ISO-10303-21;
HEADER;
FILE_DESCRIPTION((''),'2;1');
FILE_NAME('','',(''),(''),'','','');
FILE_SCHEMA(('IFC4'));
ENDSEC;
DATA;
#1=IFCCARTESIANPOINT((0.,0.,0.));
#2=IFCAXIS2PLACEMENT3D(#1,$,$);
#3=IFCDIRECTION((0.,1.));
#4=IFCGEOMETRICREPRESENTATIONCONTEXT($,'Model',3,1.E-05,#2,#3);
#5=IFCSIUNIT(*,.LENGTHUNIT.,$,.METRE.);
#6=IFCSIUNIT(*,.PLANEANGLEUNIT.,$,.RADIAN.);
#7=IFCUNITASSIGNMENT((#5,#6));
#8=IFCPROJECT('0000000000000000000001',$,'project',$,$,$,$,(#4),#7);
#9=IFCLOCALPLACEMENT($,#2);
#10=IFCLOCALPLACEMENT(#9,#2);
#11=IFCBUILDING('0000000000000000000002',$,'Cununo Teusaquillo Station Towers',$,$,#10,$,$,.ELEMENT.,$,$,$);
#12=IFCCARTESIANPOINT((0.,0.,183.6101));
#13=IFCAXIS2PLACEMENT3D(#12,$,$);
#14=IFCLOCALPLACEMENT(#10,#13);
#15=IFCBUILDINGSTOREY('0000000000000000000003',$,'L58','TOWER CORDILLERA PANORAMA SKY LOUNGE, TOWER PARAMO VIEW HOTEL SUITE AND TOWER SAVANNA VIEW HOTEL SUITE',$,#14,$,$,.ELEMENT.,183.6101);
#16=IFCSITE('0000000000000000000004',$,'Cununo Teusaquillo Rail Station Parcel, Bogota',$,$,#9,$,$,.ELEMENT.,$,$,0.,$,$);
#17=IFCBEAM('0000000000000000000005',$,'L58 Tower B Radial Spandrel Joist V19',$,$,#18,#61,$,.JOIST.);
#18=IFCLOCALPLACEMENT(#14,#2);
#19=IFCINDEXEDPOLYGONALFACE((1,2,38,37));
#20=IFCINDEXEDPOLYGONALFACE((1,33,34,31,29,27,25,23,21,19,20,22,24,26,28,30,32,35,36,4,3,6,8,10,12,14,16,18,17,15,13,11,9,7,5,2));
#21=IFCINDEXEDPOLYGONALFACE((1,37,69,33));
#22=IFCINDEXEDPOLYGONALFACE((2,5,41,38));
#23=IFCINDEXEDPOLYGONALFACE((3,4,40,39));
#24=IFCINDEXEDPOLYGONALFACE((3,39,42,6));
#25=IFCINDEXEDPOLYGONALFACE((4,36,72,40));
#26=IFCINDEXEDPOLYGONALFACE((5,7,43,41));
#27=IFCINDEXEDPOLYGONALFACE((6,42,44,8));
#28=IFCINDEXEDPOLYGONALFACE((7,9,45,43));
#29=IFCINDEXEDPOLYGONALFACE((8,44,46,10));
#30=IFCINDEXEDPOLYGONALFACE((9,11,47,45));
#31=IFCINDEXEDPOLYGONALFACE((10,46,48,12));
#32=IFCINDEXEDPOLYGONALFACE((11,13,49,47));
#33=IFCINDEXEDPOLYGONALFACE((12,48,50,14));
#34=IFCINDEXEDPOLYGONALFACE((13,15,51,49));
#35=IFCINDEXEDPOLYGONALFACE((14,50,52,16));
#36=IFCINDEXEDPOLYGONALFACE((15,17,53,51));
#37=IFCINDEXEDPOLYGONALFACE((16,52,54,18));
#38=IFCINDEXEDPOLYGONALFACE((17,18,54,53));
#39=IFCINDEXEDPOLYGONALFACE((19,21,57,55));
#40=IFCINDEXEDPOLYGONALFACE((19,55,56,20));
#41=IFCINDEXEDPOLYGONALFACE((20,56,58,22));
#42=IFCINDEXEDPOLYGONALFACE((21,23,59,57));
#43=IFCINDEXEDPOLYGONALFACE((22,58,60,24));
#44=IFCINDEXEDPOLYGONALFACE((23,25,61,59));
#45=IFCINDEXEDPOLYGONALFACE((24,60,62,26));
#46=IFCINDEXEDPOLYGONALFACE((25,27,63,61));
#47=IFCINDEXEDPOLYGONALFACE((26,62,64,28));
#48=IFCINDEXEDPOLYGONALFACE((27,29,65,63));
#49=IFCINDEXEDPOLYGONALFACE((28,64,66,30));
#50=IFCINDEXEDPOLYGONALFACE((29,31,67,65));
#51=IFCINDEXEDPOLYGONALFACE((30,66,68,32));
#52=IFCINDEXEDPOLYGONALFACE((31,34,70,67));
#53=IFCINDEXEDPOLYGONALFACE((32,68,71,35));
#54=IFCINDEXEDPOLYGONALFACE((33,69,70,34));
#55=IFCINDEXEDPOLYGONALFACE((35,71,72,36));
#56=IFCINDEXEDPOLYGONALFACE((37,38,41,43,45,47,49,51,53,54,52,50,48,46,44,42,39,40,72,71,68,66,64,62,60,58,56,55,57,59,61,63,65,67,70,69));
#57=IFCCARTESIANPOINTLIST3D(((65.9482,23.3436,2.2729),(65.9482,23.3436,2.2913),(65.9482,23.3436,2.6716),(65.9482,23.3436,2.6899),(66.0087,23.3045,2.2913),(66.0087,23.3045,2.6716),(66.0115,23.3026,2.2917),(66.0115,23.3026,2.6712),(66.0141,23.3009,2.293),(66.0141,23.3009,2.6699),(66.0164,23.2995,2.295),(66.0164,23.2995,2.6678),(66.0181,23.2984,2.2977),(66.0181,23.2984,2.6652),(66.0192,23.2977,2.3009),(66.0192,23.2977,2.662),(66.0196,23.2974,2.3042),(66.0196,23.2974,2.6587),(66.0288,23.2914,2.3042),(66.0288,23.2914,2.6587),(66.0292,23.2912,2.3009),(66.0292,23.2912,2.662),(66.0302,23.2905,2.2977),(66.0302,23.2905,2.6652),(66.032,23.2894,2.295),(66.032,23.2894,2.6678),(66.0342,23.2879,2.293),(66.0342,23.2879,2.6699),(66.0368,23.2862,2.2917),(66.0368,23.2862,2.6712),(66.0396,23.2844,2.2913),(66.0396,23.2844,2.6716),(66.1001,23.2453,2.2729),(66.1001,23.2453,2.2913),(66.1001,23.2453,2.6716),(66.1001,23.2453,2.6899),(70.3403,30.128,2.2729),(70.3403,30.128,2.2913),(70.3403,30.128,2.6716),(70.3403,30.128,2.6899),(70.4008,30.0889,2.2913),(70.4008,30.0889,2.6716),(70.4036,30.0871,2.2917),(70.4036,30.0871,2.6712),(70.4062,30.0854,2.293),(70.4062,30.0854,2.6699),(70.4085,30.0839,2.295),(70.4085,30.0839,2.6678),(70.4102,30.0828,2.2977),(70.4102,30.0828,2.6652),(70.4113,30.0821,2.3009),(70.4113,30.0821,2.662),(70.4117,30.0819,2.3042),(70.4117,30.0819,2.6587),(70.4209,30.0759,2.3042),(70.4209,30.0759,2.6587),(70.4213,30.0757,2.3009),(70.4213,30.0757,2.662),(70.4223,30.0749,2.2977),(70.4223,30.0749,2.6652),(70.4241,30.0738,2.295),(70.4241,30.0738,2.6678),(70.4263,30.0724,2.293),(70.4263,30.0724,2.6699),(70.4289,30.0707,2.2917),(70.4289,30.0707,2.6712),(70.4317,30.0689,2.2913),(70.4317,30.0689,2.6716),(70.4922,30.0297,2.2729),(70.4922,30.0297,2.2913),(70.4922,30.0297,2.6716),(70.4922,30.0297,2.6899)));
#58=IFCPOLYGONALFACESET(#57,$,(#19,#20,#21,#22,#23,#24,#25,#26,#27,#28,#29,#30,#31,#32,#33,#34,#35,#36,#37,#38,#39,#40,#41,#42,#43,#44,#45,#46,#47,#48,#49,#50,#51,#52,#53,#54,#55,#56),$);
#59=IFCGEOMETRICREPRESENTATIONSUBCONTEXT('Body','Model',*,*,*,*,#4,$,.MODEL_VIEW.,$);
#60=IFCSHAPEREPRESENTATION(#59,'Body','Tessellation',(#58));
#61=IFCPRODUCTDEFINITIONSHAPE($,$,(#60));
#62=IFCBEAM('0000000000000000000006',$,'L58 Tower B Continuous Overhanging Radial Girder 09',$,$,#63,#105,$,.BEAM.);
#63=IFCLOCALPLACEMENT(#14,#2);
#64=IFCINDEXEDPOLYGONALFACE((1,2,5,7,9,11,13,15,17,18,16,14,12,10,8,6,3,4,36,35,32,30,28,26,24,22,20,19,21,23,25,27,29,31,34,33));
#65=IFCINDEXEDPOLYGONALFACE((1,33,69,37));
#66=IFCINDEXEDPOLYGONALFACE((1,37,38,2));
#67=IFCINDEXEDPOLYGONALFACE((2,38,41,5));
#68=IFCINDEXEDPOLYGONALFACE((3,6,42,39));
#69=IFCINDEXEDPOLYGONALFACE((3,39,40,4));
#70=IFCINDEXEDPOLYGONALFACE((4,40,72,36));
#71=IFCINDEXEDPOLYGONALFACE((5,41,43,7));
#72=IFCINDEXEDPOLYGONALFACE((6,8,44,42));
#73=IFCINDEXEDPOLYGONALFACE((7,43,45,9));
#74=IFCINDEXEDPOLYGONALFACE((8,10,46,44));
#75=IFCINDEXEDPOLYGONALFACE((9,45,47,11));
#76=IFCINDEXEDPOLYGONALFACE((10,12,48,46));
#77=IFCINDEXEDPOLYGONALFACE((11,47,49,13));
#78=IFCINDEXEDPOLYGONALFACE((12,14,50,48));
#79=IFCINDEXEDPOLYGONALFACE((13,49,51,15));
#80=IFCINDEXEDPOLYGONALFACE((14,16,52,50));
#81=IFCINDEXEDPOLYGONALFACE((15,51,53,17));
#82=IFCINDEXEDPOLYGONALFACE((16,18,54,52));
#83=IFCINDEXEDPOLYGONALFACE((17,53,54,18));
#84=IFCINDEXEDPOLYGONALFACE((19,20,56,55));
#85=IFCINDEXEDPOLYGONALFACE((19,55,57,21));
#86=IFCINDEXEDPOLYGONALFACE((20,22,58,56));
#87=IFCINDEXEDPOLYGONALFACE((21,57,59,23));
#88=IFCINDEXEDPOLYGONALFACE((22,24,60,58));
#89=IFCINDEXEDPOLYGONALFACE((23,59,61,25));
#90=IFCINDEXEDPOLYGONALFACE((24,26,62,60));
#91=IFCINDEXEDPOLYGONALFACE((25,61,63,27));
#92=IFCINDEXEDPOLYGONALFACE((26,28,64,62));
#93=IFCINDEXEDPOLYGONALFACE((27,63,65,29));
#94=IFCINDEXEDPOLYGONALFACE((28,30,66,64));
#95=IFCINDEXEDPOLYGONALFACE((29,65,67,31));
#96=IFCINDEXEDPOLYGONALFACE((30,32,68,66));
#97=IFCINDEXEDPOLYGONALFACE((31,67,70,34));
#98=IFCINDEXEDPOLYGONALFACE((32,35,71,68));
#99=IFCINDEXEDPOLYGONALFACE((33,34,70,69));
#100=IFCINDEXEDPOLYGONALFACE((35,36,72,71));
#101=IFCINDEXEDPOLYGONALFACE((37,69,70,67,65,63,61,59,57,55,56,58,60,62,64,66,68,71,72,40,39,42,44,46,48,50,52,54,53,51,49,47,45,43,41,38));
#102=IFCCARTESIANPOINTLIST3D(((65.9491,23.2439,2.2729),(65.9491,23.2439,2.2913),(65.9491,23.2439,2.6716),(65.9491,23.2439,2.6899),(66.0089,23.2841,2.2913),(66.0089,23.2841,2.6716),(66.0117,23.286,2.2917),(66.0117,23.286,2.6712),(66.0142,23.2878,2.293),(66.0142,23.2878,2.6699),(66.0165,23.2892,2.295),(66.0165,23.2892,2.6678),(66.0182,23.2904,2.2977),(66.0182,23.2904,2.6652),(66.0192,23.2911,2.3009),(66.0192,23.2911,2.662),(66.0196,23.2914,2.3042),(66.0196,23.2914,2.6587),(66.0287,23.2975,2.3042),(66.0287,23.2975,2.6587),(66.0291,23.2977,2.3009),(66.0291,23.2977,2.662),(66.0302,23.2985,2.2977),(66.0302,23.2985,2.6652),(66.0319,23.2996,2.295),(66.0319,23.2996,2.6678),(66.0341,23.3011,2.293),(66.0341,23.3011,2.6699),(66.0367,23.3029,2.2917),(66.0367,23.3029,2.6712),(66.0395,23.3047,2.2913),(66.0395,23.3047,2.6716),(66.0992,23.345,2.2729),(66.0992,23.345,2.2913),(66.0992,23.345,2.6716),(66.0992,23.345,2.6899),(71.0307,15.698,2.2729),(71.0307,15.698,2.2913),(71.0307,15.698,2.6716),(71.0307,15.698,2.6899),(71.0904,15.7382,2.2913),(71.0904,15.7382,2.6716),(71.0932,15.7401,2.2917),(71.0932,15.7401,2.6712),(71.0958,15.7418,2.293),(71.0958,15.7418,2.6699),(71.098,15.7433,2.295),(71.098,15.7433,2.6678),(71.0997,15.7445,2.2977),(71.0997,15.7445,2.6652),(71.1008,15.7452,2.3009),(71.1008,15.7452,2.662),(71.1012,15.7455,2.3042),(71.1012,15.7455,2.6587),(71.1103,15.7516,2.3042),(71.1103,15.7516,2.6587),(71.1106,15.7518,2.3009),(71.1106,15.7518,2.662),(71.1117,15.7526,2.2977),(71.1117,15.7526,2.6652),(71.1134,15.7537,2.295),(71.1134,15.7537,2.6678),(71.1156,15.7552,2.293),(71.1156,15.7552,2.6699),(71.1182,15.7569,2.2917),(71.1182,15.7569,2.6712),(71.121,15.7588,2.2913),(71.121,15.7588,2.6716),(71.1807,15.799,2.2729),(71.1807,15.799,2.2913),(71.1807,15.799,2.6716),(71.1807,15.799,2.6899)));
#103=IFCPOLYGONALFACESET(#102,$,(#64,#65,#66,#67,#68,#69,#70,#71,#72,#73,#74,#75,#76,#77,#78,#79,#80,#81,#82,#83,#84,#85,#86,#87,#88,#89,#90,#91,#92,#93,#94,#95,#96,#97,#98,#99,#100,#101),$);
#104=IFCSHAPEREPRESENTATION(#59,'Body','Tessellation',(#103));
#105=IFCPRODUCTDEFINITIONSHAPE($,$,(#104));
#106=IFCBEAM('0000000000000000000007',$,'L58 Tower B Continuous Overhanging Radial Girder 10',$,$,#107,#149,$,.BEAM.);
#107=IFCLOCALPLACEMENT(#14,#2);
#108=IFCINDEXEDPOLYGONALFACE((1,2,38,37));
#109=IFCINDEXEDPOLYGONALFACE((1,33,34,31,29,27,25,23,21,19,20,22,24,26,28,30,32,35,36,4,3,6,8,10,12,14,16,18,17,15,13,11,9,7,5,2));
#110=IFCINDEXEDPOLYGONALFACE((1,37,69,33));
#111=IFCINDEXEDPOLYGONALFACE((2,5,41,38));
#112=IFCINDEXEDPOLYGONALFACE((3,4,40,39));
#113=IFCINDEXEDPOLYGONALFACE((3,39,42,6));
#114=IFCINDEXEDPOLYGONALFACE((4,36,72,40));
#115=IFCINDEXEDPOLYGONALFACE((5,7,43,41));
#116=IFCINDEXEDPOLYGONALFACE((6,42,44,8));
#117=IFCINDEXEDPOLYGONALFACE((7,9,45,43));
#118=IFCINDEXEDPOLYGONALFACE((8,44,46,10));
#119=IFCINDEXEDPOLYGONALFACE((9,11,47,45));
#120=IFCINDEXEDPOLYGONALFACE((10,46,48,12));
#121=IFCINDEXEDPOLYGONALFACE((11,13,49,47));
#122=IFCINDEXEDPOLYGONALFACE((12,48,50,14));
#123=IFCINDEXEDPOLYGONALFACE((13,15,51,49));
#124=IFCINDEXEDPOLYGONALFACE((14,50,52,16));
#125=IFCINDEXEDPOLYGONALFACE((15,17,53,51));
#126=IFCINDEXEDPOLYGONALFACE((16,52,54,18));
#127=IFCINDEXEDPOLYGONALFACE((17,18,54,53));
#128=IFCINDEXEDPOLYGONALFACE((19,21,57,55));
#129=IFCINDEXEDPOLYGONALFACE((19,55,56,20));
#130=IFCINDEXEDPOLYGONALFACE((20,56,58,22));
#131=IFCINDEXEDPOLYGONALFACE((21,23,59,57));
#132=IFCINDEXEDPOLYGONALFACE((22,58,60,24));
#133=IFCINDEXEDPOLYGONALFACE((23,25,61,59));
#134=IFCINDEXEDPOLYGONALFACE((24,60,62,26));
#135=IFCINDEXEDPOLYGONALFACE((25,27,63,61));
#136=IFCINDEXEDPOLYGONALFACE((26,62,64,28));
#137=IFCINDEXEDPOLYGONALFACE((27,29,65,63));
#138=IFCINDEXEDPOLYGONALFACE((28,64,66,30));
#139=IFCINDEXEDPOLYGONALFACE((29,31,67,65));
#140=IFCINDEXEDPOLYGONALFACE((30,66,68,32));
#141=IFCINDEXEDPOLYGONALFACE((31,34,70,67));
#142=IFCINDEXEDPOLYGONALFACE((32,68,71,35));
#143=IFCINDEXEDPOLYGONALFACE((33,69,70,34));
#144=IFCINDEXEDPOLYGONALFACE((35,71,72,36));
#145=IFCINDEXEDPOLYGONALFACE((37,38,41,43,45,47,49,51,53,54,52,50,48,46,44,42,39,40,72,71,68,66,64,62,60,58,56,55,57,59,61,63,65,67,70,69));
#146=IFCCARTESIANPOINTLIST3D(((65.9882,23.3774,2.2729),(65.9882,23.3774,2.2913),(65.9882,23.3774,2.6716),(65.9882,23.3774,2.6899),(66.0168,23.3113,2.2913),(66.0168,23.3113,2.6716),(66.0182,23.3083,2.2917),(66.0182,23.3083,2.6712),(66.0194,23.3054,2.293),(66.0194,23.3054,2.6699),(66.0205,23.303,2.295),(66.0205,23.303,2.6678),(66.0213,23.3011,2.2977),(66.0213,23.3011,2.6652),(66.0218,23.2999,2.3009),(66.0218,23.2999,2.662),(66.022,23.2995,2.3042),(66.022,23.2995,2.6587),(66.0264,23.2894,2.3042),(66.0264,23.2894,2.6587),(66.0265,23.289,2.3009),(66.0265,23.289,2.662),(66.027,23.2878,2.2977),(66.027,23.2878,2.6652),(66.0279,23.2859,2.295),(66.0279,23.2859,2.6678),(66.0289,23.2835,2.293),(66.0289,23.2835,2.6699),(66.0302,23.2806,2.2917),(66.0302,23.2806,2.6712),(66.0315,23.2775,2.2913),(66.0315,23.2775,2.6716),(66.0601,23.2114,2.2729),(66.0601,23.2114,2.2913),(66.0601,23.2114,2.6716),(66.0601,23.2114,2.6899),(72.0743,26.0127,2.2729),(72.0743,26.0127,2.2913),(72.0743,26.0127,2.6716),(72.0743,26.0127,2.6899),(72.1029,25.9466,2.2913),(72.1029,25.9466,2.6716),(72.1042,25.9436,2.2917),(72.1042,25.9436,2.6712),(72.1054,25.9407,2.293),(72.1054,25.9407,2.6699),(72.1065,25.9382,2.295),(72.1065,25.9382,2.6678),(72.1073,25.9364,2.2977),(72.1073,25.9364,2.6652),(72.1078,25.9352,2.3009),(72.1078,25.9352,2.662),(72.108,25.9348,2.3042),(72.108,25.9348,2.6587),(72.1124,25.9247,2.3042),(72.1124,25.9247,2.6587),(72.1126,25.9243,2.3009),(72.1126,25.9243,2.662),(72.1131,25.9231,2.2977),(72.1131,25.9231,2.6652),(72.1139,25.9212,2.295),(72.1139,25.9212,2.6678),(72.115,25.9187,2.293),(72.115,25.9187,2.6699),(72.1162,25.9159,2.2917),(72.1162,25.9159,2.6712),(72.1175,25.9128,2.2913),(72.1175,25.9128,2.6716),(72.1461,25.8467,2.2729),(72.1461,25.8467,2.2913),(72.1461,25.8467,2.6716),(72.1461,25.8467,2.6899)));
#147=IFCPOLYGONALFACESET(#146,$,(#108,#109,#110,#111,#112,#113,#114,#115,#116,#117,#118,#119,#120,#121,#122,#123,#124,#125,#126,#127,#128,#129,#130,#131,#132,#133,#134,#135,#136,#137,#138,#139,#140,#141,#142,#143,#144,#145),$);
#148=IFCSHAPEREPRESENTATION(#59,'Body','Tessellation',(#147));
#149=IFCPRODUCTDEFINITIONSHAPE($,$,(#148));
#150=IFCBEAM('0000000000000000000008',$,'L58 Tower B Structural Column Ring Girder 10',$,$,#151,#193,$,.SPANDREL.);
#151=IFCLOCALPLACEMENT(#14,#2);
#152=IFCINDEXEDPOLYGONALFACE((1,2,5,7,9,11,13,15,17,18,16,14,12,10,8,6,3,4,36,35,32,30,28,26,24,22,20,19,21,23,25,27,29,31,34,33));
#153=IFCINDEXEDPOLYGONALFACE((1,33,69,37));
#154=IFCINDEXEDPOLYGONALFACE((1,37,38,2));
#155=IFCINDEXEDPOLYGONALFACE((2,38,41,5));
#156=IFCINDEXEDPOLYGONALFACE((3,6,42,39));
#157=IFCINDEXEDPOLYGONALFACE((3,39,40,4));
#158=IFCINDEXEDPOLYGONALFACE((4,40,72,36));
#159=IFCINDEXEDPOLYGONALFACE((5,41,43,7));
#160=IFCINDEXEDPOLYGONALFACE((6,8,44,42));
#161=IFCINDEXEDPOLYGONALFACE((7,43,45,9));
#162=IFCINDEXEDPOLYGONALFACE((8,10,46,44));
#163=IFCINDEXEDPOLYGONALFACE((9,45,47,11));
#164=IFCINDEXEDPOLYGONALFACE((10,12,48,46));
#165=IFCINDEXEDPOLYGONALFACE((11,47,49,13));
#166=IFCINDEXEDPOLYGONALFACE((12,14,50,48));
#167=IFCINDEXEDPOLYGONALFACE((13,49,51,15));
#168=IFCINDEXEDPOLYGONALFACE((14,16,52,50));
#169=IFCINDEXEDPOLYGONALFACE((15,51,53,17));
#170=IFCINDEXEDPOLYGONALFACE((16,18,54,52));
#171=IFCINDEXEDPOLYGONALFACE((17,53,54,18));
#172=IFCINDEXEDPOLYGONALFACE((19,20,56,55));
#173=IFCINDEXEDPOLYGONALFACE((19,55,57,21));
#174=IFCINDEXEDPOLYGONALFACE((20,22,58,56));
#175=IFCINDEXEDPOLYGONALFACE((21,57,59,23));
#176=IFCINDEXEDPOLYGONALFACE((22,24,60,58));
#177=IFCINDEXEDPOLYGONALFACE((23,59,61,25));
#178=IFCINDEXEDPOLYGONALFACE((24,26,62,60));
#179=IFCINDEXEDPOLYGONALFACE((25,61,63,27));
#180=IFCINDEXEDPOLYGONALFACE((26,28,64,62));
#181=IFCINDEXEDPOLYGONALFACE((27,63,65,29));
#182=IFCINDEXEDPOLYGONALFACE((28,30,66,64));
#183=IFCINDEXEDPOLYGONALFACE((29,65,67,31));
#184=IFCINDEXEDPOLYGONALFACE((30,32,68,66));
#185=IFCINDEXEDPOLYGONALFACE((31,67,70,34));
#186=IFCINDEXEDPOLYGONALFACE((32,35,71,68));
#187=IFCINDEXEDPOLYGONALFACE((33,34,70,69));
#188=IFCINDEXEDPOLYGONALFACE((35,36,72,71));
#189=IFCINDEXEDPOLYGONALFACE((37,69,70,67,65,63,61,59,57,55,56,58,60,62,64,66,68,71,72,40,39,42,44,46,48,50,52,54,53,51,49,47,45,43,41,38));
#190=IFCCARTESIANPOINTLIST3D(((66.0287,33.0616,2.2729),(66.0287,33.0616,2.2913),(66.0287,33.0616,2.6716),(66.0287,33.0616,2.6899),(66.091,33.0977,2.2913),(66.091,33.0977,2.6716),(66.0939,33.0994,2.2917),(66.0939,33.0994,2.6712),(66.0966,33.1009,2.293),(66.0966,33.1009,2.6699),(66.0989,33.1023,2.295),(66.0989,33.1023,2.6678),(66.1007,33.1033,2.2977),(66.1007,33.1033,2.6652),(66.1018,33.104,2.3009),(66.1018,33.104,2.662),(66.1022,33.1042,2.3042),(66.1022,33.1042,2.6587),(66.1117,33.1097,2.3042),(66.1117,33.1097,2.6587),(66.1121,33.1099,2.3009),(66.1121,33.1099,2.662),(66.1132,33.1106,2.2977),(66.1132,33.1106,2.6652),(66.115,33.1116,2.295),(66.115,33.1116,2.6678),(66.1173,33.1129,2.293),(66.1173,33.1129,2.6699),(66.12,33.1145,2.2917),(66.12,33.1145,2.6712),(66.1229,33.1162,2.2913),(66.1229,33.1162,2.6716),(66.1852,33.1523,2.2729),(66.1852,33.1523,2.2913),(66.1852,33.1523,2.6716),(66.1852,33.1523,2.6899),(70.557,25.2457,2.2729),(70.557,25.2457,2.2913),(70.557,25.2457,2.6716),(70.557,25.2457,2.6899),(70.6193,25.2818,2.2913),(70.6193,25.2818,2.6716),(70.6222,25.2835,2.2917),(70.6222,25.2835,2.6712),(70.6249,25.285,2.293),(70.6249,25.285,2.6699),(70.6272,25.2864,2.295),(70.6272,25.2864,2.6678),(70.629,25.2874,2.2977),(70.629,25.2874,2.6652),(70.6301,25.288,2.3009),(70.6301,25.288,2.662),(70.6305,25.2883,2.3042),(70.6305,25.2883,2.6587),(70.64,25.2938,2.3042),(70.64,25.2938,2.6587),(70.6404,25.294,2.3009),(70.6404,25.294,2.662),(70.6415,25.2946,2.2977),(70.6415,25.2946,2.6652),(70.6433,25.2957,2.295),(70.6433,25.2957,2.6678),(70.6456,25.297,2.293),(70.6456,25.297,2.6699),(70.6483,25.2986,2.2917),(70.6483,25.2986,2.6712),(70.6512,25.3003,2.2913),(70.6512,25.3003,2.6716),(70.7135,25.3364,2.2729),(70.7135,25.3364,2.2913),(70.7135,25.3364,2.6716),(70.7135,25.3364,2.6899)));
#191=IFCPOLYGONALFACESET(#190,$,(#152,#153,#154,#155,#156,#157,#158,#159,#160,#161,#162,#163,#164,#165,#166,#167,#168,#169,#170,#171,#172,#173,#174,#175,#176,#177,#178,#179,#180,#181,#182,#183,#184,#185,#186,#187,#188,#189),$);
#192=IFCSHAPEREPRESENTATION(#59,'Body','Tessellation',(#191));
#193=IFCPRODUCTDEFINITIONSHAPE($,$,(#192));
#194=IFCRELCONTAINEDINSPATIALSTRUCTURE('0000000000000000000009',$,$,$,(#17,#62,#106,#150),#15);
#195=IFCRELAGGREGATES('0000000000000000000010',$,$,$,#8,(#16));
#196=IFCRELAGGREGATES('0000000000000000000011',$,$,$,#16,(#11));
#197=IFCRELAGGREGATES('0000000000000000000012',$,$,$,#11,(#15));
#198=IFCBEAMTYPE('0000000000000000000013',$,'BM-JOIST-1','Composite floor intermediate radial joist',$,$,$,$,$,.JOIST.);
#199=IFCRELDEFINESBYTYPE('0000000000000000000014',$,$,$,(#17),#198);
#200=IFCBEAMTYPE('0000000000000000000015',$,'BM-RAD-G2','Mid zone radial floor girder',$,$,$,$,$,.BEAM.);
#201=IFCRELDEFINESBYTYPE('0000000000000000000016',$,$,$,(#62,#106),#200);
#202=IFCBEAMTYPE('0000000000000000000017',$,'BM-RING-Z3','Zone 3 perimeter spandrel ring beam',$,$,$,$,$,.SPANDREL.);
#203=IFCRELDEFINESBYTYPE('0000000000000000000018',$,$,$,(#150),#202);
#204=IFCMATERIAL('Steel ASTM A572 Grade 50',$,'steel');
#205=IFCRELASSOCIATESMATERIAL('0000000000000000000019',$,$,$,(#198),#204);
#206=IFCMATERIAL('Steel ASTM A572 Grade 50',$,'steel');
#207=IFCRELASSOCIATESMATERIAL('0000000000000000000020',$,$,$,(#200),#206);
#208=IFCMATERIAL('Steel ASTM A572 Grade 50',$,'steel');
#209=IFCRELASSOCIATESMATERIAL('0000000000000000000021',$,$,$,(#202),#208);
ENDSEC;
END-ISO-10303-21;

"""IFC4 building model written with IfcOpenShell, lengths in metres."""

from ifc_helpers import new_model, si_unit, direction, frame, origin, origin_2d, place, context, subcontext, project, spatial, i_section, extrude, material, material_profile, profile_set, type_object, element, save


model = new_model("IFC4")

# Units and contexts
model_context = context("Model", 3, precision=1e-05, world=origin(), true_north=direction((0.0, 1.0)))
body_context = subcontext(model_context, "Body", "Model", "MODEL_VIEW")
ifc_project = project(units=[si_unit("LENGTHUNIT", "METRE"), si_unit("PLANEANGLEUNIT", "RADIAN")], contexts=[model_context])

# Site, building, storey
site_placement = place(None, origin())
site = spatial("IfcSite", under=ifc_project, at=site_placement, Name="Cununo Teusaquillo Rail Station Parcel, Bogota", CompositionType="ELEMENT", RefElevation=0.0)
building_placement = place(site_placement, origin())
building = spatial("IfcBuilding", under=site, at=building_placement, Name="Cununo Teusaquillo Station Towers", CompositionType="ELEMENT")
storey_placement = place(building_placement, frame((0.0, 0.0, 183.6101)))
storey = spatial("IfcBuildingStorey", under=building, at=storey_placement, Name="L58", Description="TOWER CORDILLERA PANORAMA SKY LOUNGE, TOWER PARAMO VIEW HOTEL SUITE AND TOWER SAVANNA VIEW HOTEL SUITE", CompositionType="ELEMENT", Elevation=183.6101)

# Beams
ifc_material_1 = material(Name="Steel ASTM A572 Grade 50", Category="steel")
ifc_material_profile_1 = material_profile(ifc_material_1, i_section(OverallWidth=0.1809, OverallDepth=0.417, WebThickness=0.011, FlangeThickness=0.0183, FilletRadius=0.0129, at=origin_2d()), Name="W16X57")
ifc_profile_set_1 = profile_set([ifc_material_profile_1], Name="Steel ASTM A572 Grade 50")
beam_type_1 = type_object("IfcBeamType", Name="BM-JOIST-1", Description="Composite floor intermediate radial joist", PredefinedType="JOIST", material=ifc_profile_set_1)
beam_1_placement = place(storey_placement, frame((66.0242, 23.2944, 2.4814), z_axis=(0.54344, 0.839448, 0.0), x_axis=(-0.839448, 0.54344, 0.0)))
element("IfcBeam", 1, at=beam_1_placement, inside=storey, type_object=beam_type_1, Name="L58 Tower B Radial Spandrel Joist V19", PredefinedType="JOIST", context=body_context, shape_type="SweptSolid", body=[
    extrude(i_section(OverallWidth=0.1809, OverallDepth=0.417, WebThickness=0.011, FlangeThickness=0.0183, FilletRadius=0.0129, at=origin_2d()), origin(), (0.0, 0.0, 1.0), 8.082),
])
ifc_material_2 = material(Name="Steel ASTM A572 Grade 50", Category="steel")
ifc_material_profile_2 = material_profile(ifc_material_2, i_section(OverallWidth=0.1809, OverallDepth=0.417, WebThickness=0.011, FlangeThickness=0.0183, FilletRadius=0.0129, at=origin_2d()), Name="W16X57")
ifc_profile_set_2 = profile_set([ifc_material_profile_2], Name="Steel ASTM A572 Grade 50")
beam_type_2 = type_object("IfcBeamType", Name="BM-RAD-G2", Description="Mid zone radial floor girder", PredefinedType="BEAM", material=ifc_profile_set_2)
beam_2_placement = place(storey_placement, frame((66.0242, 23.2944, 2.4814), z_axis=(0.558571, -0.829457, 0.0), x_axis=(0.829457, 0.558571, 0.0)))
element("IfcBeam", 2, at=beam_2_placement, inside=storey, type_object=beam_type_2, Name="L58 Tower B Continuous Overhanging Radial Girder 09", PredefinedType="BEAM", context=body_context, shape_type="SweptSolid", body=[
    extrude(i_section(OverallWidth=0.1809, OverallDepth=0.417, WebThickness=0.011, FlangeThickness=0.0183, FilletRadius=0.0129, at=origin_2d()), origin(), (0.0, 0.0, 1.0), 9.0974),
])
beam_3_placement = place(storey_placement, frame((66.0242, 23.2944, 2.4814), z_axis=(0.917665, 0.397355, 0.0), x_axis=(-0.397355, 0.917665, 0.0)))
element("IfcBeam", 3, at=beam_3_placement, inside=storey, type_object=beam_type_2, Name="L58 Tower B Continuous Overhanging Radial Girder 10", PredefinedType="BEAM", context=body_context, shape_type="SweptSolid", body=[
    extrude(i_section(OverallWidth=0.1809, OverallDepth=0.417, WebThickness=0.011, FlangeThickness=0.0183, FilletRadius=0.0129, at=origin_2d()), origin(), (0.0, 0.0, 1.0), 6.6321),
])
ifc_material_3 = material(Name="Steel ASTM A572 Grade 50", Category="steel")
ifc_material_profile_3 = material_profile(ifc_material_3, i_section(OverallWidth=0.1809, OverallDepth=0.417, WebThickness=0.011, FlangeThickness=0.0183, FilletRadius=0.0129, at=origin_2d()), Name="W16X57")
ifc_profile_set_3 = profile_set([ifc_material_profile_3], Name="Steel ASTM A572 Grade 50")
beam_type_3 = type_object("IfcBeamType", Name="BM-RING-Z3", Description="Zone 3 perimeter spandrel ring beam", PredefinedType="SPANDREL", material=ifc_profile_set_3)
beam_4_placement = place(storey_placement, frame((70.6353, 25.291, 2.4814), z_axis=(-0.501311, 0.865267, 0.0), x_axis=(-0.865267, -0.501311, 0.0)))
element("IfcBeam", 4, at=beam_4_placement, inside=storey, type_object=beam_type_3, Name="L58 Tower B Structural Column Ring Girder 10", PredefinedType="SPANDREL", context=body_context, shape_type="SweptSolid", body=[
    extrude(i_section(OverallWidth=0.1809, OverallDepth=0.417, WebThickness=0.011, FlangeThickness=0.0183, FilletRadius=0.0129, at=origin_2d()), origin(), (0.0, 0.0, 1.0), 9.033),
])

save(model, "model.ifc")
